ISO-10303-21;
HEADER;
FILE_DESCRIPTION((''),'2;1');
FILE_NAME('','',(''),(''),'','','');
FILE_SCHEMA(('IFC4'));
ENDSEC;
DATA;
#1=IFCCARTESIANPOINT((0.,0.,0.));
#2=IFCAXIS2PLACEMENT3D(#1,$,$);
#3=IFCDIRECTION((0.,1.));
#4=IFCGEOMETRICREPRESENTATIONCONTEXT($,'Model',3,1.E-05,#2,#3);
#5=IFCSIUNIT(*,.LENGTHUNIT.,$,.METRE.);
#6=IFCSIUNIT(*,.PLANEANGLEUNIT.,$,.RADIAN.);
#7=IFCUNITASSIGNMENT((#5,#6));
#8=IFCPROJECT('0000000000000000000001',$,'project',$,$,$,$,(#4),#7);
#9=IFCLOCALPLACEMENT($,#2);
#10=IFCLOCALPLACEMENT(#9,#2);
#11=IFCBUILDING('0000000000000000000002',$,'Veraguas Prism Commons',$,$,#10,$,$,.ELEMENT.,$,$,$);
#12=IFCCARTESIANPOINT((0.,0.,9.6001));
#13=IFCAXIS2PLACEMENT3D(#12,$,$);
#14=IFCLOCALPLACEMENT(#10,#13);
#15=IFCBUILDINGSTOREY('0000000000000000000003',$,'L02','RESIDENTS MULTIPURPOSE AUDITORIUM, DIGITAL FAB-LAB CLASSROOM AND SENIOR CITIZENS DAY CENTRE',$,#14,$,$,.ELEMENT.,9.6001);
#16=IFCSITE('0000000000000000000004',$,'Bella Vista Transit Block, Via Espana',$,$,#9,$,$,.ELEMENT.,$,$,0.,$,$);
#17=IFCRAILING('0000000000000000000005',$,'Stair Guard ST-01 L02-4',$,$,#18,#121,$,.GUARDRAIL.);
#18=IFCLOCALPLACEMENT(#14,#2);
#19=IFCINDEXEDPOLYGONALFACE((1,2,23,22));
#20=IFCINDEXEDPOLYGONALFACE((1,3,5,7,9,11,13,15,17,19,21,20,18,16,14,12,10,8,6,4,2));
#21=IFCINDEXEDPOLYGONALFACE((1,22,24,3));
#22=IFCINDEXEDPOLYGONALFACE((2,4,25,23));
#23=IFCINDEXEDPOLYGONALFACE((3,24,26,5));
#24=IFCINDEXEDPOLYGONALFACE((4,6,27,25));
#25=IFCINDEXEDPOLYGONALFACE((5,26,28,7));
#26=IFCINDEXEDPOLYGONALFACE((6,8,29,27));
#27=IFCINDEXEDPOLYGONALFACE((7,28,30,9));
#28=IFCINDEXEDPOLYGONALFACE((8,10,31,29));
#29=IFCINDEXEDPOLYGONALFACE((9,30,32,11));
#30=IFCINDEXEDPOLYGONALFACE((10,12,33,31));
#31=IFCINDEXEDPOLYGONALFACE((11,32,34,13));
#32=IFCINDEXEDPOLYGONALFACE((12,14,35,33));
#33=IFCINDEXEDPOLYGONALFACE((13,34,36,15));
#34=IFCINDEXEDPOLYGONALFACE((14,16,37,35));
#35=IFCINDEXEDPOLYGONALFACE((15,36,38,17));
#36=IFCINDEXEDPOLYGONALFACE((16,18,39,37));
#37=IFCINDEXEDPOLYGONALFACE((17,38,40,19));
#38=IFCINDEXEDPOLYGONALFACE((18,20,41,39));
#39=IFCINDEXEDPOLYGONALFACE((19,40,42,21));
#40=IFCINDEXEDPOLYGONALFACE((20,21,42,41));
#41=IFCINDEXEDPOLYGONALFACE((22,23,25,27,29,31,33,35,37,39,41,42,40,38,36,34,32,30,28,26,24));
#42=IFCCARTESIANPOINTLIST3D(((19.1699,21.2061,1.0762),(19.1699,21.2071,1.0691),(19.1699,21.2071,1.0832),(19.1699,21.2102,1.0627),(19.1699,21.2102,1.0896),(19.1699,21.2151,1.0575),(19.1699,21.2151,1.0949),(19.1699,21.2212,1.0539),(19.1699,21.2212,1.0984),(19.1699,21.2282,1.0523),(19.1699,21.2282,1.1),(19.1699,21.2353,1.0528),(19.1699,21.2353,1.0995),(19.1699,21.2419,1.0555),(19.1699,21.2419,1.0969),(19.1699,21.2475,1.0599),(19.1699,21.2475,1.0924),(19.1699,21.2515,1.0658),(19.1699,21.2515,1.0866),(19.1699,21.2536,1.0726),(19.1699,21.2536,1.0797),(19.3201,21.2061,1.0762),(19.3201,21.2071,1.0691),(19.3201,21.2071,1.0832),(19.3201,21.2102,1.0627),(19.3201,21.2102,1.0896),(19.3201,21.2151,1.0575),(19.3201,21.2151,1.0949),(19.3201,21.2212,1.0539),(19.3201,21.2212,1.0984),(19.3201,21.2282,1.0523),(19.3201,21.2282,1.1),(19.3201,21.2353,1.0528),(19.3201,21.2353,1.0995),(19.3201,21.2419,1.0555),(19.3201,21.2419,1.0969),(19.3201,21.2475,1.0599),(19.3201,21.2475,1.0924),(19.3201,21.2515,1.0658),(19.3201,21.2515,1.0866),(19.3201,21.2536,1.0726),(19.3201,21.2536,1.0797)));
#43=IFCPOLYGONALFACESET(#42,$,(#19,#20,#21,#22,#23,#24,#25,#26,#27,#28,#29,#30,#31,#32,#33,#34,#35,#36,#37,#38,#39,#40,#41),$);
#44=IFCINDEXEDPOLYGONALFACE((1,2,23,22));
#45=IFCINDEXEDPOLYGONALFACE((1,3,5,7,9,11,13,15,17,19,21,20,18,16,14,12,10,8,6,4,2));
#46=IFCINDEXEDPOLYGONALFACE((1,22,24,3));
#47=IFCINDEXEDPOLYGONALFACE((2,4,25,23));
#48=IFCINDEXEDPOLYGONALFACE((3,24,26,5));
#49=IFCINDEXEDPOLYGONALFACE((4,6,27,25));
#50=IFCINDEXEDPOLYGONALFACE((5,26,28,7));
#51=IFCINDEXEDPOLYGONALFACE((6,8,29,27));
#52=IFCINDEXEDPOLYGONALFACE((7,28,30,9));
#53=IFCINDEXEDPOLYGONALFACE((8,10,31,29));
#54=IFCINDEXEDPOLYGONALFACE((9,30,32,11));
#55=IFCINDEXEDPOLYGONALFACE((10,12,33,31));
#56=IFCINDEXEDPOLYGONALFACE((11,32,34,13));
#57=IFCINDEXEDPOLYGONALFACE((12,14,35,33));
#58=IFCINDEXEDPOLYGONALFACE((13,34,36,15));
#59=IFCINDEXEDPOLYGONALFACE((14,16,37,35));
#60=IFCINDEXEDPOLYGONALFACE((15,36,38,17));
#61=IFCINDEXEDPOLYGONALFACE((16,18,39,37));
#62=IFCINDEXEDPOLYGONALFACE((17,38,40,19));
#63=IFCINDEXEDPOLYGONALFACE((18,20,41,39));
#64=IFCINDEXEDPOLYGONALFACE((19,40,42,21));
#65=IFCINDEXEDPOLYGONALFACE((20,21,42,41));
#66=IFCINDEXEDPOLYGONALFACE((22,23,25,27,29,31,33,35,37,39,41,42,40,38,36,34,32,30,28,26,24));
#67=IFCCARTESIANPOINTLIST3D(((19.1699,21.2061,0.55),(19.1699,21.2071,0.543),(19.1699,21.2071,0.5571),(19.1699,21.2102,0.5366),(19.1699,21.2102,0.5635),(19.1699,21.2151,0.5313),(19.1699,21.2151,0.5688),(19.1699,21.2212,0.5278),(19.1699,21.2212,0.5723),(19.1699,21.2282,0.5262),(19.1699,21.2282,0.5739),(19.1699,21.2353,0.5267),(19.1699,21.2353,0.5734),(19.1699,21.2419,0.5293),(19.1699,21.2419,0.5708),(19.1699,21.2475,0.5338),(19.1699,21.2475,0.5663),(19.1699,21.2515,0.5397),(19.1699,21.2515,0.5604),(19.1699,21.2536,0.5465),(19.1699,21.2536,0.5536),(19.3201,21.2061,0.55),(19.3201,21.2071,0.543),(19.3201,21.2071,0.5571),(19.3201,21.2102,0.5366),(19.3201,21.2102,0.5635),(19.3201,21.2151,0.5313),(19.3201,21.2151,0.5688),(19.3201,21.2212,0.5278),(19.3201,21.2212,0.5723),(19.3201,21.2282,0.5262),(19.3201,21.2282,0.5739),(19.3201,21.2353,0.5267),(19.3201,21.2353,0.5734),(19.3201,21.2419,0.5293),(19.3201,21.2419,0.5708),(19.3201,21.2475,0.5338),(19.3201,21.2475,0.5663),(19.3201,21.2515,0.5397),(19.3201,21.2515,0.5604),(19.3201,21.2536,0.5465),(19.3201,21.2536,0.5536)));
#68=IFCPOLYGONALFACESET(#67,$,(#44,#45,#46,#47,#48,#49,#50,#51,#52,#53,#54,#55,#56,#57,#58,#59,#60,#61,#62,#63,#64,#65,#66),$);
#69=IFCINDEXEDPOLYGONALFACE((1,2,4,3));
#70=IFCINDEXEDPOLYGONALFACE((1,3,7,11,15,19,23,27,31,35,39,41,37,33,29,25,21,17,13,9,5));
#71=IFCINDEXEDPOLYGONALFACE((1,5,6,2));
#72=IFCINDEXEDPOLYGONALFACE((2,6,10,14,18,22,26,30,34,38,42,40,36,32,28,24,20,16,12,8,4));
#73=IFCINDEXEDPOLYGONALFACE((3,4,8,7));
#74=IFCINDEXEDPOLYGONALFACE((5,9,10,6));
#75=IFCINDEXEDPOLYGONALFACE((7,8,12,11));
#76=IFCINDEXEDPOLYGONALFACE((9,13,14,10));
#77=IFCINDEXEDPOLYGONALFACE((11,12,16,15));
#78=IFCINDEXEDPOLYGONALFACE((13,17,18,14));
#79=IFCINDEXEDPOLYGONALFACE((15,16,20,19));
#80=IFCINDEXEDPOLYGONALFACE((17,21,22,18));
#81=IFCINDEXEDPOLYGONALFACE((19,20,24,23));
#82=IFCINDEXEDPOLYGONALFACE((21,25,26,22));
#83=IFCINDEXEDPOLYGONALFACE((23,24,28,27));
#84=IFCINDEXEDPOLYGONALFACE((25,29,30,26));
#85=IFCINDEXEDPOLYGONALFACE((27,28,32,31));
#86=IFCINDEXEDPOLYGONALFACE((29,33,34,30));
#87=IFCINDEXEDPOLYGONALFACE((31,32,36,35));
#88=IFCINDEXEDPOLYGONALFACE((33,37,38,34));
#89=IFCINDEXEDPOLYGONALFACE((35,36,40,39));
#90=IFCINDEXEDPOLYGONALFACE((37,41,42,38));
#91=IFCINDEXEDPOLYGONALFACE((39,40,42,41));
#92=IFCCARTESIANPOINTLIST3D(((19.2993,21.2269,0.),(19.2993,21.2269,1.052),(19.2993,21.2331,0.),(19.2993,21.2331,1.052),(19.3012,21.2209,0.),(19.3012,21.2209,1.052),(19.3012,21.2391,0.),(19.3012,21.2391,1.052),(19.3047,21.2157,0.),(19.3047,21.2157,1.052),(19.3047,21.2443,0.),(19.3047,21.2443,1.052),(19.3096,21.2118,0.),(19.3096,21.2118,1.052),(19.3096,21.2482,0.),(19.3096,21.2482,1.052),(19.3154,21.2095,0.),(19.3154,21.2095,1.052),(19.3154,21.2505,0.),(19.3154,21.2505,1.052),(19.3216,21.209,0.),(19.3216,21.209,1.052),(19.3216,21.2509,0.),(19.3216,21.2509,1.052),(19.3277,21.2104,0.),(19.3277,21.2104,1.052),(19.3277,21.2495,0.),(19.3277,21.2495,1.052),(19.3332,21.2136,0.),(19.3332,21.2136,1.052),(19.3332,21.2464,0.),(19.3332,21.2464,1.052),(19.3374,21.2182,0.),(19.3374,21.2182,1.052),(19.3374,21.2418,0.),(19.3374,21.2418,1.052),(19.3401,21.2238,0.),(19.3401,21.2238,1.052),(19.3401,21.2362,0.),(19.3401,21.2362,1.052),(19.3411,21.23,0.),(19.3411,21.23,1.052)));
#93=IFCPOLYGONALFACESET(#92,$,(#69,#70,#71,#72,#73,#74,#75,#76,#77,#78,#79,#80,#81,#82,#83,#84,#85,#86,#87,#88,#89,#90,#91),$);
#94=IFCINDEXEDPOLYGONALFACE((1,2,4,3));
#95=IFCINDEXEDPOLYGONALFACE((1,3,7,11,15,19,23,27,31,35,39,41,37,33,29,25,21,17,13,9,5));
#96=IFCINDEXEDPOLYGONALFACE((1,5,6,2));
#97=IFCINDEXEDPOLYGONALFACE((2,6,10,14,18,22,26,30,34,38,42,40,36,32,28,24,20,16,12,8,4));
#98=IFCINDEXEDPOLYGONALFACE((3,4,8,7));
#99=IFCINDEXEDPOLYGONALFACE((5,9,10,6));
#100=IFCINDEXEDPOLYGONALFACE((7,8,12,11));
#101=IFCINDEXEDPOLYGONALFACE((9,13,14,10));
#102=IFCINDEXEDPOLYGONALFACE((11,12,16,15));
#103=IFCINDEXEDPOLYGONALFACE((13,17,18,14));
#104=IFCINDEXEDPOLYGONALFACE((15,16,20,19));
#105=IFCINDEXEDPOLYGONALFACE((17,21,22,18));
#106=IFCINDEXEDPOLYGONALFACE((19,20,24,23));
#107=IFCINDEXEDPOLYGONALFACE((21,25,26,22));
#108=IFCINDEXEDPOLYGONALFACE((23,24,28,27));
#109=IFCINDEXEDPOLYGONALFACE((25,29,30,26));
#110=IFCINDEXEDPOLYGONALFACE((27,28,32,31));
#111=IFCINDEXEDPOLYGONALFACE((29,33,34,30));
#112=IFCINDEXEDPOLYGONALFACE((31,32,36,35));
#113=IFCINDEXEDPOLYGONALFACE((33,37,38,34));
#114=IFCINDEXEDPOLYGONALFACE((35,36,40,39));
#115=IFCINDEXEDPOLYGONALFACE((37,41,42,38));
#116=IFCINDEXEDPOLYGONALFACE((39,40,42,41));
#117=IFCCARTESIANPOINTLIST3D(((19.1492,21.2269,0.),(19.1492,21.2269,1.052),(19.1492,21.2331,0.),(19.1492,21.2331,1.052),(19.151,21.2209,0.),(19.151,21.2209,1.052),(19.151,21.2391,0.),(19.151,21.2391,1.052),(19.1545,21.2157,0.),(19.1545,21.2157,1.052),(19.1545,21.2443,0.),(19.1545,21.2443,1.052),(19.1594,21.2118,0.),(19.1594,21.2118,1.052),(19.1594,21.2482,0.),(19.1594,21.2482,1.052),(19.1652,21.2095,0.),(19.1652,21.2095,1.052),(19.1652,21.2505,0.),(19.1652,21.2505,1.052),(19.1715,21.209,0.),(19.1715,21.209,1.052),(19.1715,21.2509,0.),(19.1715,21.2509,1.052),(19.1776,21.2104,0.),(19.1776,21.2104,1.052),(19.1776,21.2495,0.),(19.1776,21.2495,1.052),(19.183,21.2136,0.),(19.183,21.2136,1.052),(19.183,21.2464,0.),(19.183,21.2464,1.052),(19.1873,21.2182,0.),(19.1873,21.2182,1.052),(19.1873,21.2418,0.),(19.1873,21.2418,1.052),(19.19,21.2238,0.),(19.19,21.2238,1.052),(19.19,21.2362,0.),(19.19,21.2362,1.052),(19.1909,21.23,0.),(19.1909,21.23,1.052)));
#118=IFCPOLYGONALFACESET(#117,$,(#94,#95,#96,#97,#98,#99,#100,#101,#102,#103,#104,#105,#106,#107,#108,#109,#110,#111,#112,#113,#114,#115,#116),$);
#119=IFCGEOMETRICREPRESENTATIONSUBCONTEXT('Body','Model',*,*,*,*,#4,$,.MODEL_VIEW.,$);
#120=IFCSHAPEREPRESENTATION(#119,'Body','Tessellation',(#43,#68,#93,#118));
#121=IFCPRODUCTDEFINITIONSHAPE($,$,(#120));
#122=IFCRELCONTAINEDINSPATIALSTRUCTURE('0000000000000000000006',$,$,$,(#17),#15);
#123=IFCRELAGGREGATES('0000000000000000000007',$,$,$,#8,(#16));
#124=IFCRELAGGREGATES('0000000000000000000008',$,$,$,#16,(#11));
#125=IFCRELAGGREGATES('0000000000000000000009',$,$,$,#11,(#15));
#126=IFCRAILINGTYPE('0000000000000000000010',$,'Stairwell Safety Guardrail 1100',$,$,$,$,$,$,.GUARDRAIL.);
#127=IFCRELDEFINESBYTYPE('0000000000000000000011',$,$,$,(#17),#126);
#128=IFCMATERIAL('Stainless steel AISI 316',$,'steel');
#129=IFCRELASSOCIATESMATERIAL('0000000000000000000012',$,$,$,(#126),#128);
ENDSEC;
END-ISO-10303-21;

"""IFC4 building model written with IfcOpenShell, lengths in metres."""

from ifc_helpers import new_model, si_unit, direction, frame, origin, origin_2d, place, context, subcontext, project, spatial, circle, extrude, material, type_object, element, save


model = new_model("IFC4")

# Units and contexts
model_context = context("Model", 3, precision=1e-05, world=origin(), true_north=direction((0.0, 1.0)))
body_context = subcontext(model_context, "Body", "Model", "MODEL_VIEW")
ifc_project = project(units=[si_unit("LENGTHUNIT", "METRE"), si_unit("PLANEANGLEUNIT", "RADIAN")], contexts=[model_context])

# Site, building, storey
site_placement = place(None, origin())
site = spatial("IfcSite", under=ifc_project, at=site_placement, Name="Bella Vista Transit Block, Via Espana", CompositionType="ELEMENT", RefElevation=0.0)
building_placement = place(site_placement, origin())
building = spatial("IfcBuilding", under=site, at=building_placement, Name="Veraguas Prism Commons", CompositionType="ELEMENT")
storey_placement = place(building_placement, frame((0.0, 0.0, 9.6001)))
storey = spatial("IfcBuildingStorey", under=building, at=storey_placement, Name="L02", Description="RESIDENTS MULTIPURPOSE AUDITORIUM, DIGITAL FAB-LAB CLASSROOM AND SENIOR CITIZENS DAY CENTRE", CompositionType="ELEMENT", Elevation=9.6001)

# Railing
ifc_material_1 = material(Name="Stainless steel AISI 316", Category="steel")
railing_type_1 = type_object("IfcRailingType", Name="Stairwell Safety Guardrail 1100", PredefinedType="GUARDRAIL", material=ifc_material_1)
railing_1_placement = place(storey_placement, frame((19.3201, 21.23, 0.0)))
element("IfcRailing", 1, at=railing_1_placement, inside=storey, type_object=railing_type_1, Name="Stair Guard ST-01 L02-4", PredefinedType="GUARDRAIL", context=body_context, shape_type="SweptSolid", body=[
    extrude(circle(Radius=0.0239, at=origin_2d()), frame((0.0, 0.0, 1.0762), z_axis=(-1.0, 0.0, 0.0), x_axis=(0.0, -1.0, 0.0)), (0.0, 0.0, 1.0), 0.1501),
    extrude(circle(Radius=0.0239, at=origin_2d()), frame((0.0, 0.0, 0.55), z_axis=(-1.0, 0.0, 0.0), x_axis=(0.0, -1.0, 0.0)), (0.0, 0.0, 1.0), 0.1501),
    extrude(circle(Radius=0.021, at=origin_2d()), origin(), (0.0, 0.0, 1.0), 1.052),
    extrude(circle(Radius=0.021, at=origin_2d()), frame((-0.1501, 0.0, 0.0)), (0.0, 0.0, 1.0), 1.052),
])

save(model, "model.ifc")
